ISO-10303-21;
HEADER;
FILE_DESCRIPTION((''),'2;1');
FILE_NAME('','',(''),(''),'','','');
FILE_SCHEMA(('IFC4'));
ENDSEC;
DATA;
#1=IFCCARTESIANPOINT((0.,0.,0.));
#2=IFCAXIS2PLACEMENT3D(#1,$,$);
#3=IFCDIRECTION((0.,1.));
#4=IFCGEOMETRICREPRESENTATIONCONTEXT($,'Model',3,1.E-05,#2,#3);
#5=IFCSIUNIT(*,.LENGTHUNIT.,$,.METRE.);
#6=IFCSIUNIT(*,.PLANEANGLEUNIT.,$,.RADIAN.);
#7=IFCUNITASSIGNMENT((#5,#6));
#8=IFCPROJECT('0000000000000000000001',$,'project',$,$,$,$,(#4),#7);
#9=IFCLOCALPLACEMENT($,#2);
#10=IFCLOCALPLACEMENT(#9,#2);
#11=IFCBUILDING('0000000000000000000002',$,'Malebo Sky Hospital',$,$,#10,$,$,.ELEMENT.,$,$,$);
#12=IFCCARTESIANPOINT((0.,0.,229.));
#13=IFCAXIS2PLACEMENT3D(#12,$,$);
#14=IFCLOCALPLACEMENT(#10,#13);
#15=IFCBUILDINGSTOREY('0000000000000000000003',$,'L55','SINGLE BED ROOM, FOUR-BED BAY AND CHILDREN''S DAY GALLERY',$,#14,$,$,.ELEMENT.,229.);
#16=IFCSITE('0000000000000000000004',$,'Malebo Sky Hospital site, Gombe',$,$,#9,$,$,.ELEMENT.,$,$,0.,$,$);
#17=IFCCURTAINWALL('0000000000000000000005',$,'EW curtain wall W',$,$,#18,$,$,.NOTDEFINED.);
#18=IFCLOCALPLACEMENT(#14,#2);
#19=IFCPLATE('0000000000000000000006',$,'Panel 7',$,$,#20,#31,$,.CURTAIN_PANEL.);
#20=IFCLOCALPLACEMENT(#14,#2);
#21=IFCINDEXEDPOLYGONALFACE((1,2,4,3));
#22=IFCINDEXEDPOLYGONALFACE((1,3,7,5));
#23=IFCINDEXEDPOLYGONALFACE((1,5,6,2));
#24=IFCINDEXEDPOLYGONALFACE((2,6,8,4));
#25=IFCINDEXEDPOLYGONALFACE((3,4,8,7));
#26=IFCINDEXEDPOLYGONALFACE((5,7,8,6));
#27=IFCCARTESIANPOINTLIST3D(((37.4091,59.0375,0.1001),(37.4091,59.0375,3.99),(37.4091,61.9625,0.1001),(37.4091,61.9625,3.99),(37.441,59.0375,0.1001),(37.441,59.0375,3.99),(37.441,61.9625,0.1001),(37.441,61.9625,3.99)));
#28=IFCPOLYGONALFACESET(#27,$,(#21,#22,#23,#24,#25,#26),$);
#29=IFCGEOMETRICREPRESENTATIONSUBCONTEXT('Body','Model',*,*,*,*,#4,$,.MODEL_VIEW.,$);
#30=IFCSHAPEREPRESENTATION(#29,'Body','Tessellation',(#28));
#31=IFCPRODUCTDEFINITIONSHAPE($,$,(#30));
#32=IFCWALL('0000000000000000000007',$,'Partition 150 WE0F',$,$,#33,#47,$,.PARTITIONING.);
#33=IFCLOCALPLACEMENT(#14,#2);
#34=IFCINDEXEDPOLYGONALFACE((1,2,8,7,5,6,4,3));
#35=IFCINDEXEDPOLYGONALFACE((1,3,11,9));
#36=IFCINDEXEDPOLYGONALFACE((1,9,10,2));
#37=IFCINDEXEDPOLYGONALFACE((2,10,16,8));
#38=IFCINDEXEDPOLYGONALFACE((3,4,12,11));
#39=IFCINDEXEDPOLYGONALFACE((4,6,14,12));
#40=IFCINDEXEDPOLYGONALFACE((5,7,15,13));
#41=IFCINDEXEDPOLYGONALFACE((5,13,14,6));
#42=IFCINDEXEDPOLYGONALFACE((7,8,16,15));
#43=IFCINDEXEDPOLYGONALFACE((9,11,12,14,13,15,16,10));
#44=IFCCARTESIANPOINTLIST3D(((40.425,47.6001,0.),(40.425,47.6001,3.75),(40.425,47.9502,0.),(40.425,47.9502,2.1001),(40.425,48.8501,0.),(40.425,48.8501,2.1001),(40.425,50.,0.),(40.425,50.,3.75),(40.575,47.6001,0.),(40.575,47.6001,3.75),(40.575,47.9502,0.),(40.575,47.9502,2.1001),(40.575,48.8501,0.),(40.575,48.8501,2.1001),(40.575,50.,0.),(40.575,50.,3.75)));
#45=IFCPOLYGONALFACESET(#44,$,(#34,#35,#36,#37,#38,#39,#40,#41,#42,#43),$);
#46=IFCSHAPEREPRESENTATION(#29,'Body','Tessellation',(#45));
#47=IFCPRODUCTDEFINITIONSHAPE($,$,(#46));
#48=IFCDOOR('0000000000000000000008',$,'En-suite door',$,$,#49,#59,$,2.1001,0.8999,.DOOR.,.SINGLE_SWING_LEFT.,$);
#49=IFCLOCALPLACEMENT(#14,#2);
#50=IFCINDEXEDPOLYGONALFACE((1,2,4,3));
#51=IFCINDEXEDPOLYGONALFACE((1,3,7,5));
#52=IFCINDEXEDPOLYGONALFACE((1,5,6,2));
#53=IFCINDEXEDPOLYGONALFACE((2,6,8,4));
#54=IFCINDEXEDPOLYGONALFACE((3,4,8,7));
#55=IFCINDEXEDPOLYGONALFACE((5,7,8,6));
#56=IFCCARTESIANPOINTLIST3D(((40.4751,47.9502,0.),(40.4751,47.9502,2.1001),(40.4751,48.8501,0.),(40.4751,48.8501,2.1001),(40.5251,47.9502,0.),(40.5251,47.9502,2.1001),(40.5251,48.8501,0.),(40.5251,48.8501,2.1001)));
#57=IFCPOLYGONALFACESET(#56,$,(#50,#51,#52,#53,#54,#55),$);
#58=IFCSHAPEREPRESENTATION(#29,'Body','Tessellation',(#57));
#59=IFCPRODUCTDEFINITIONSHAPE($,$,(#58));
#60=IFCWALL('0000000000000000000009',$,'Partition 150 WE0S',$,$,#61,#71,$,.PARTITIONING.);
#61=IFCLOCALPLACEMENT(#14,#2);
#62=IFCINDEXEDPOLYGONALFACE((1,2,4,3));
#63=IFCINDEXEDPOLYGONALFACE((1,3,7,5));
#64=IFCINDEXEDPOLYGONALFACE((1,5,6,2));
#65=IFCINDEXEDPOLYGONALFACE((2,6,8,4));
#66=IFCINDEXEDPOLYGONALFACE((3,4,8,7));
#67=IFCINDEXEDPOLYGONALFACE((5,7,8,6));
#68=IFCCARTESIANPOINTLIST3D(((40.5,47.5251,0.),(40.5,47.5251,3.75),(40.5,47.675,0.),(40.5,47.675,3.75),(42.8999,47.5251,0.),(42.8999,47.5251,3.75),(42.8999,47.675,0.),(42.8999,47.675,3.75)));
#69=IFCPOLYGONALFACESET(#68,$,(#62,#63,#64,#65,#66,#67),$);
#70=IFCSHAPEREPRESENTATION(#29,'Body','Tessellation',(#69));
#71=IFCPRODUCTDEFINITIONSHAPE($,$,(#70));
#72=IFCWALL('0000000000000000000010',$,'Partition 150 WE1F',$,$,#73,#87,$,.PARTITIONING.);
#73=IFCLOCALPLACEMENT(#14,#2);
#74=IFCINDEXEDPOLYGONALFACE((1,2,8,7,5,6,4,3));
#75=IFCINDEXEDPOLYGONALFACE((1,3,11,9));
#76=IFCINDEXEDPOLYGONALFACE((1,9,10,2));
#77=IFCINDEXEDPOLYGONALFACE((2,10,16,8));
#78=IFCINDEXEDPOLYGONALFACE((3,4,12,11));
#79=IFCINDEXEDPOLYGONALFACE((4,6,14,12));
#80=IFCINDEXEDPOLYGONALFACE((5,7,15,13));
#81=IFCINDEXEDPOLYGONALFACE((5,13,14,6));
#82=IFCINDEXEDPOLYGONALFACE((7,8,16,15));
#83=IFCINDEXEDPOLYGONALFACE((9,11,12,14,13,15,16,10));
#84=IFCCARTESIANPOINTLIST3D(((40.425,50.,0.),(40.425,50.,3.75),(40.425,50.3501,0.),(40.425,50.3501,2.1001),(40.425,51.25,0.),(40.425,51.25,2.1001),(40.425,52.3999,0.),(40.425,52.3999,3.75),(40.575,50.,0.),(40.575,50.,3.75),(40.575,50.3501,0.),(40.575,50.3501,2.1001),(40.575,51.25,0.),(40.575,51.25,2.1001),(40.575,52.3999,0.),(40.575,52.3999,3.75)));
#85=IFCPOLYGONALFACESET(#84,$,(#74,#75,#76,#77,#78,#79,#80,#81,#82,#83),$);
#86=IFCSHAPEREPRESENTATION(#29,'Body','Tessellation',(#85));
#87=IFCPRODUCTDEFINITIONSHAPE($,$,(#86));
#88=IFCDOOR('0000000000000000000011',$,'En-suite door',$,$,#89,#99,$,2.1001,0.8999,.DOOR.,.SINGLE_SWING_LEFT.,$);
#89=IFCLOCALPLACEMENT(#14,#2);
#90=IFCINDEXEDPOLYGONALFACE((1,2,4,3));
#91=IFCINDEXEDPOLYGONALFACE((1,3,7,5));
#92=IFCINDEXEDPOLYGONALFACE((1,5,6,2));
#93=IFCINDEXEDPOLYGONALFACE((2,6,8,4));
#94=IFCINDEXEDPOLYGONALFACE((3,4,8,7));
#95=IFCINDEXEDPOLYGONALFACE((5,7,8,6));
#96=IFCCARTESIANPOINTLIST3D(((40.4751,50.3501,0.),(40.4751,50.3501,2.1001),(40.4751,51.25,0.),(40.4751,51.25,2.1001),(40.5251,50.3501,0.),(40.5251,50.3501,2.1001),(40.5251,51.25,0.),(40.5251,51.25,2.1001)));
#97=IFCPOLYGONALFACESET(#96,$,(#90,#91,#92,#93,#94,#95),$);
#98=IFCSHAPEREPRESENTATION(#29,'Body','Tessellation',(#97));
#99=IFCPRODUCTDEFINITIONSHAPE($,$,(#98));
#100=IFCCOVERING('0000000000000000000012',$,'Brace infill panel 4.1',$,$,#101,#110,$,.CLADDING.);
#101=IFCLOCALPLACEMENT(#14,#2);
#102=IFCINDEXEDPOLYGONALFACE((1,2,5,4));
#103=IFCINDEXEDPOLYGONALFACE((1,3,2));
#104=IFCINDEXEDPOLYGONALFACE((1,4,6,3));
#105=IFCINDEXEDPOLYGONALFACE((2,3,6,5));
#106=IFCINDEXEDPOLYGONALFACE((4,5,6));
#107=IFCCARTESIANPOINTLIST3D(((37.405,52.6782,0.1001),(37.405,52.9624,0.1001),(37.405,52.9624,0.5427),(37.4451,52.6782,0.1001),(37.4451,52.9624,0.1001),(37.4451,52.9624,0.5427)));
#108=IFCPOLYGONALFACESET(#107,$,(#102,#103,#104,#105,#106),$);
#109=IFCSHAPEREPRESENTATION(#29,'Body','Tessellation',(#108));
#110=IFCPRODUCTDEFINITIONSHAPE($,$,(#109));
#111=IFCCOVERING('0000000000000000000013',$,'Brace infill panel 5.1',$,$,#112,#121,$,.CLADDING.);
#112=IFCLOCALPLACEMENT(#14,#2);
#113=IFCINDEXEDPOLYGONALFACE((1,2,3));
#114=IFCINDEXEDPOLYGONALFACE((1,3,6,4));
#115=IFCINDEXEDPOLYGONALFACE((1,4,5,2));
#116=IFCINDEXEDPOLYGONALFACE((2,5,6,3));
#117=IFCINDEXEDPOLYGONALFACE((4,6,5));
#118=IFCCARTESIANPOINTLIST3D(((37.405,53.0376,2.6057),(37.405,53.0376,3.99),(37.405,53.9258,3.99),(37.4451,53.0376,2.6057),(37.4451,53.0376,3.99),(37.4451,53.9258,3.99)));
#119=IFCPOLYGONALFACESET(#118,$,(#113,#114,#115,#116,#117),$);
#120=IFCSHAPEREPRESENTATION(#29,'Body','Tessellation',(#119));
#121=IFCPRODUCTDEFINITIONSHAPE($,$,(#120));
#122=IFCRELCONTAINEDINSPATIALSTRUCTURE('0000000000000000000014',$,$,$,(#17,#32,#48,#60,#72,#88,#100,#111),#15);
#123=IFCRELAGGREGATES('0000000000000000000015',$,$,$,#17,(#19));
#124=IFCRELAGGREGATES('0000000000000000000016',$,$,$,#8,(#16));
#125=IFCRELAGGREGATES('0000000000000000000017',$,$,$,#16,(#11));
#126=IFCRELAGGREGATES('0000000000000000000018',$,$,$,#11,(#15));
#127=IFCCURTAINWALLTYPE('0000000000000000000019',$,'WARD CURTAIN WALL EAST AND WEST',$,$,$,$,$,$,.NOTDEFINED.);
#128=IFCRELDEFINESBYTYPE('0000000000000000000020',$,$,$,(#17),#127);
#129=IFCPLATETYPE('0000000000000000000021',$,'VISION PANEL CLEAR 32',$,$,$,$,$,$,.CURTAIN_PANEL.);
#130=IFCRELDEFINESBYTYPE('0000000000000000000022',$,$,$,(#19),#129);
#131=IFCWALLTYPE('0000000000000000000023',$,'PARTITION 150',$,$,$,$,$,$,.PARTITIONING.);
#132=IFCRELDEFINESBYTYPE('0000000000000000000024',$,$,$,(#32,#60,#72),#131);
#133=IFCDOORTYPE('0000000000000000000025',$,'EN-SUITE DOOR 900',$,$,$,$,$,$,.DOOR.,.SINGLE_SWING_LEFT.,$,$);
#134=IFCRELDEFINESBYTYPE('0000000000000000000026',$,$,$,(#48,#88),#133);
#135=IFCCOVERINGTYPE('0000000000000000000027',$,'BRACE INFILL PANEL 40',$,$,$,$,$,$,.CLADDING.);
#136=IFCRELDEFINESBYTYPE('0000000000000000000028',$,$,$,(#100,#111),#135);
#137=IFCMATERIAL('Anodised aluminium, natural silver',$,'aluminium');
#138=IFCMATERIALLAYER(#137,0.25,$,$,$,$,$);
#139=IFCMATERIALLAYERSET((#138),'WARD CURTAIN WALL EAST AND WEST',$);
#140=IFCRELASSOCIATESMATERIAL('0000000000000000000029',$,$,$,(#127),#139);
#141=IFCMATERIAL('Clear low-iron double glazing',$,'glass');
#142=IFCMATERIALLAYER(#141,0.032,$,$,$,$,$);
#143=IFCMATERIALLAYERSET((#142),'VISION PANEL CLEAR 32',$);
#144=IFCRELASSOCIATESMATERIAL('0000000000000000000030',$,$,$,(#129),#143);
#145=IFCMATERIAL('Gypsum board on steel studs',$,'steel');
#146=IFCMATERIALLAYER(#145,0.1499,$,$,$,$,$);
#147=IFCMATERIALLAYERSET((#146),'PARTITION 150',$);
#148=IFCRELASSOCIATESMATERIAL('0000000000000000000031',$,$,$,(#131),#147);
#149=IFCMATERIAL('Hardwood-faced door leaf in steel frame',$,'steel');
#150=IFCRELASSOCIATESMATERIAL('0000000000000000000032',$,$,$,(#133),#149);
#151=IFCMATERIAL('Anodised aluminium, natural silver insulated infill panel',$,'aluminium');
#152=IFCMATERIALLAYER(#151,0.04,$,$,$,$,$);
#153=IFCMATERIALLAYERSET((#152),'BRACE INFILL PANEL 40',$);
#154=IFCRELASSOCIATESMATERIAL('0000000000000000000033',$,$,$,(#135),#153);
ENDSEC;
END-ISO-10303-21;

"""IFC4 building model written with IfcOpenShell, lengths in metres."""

from ifc_helpers import new_model, si_unit, direction, frame, frame_2d, origin, origin_2d, place, context, subcontext, project, spatial, polyline, rectangle, outline, extrude, material, layer, layer_set, type_object, element, fill, aggregate, save


model = new_model("IFC4")

# Units and contexts
model_context = context("Model", 3, precision=1e-05, world=origin(), true_north=direction((0.0, 1.0)))
body_context = subcontext(model_context, "Body", "Model", "MODEL_VIEW")
ifc_project = project(units=[si_unit("LENGTHUNIT", "METRE"), si_unit("PLANEANGLEUNIT", "RADIAN")], contexts=[model_context])

# Site, building, storey
site_placement = place(None, origin())
site = spatial("IfcSite", under=ifc_project, at=site_placement, Name="Malebo Sky Hospital site, Gombe", CompositionType="ELEMENT", RefElevation=0.0)
building_placement = place(site_placement, origin())
building = spatial("IfcBuilding", under=site, at=building_placement, Name="Malebo Sky Hospital", CompositionType="ELEMENT")
storey_placement = place(building_placement, frame((0.0, 0.0, 229.0)))
storey = spatial("IfcBuildingStorey", under=building, at=storey_placement, Name="L55", Description="SINGLE BED ROOM, FOUR-BED BAY AND CHILDREN'S DAY GALLERY", CompositionType="ELEMENT", Elevation=229.0)

# Curtain wall
ifc_material_1 = material(Name="Anodised aluminium, natural silver", Category="aluminium")
ifc_layer_1 = layer(ifc_material_1, 0.25)
ifc_layer_set_1 = layer_set([ifc_layer_1], Name="WARD CURTAIN WALL EAST AND WEST")
curtain_wall_type = type_object("IfcCurtainWallType", Name="WARD CURTAIN WALL EAST AND WEST", PredefinedType="NOTDEFINED", material=ifc_layer_set_1)
curtain_wall_placement = place(storey_placement, origin())
curtain_wall = element("IfcCurtainWall", 1, at=curtain_wall_placement, inside=storey, type_object=curtain_wall_type, Name="EW curtain wall W", PredefinedType="NOTDEFINED")

# Plate
ifc_material_2 = material(Name="Clear low-iron double glazing", Category="glass")
ifc_layer_2 = layer(ifc_material_2, 0.032)
ifc_layer_set_2 = layer_set([ifc_layer_2], Name="VISION PANEL CLEAR 32")
plate_type = type_object("IfcPlateType", Name="VISION PANEL CLEAR 32", PredefinedType="CURTAIN_PANEL", material=ifc_layer_set_2)
plate_1_placement = place(storey_placement, frame((37.425, 60.5, 0.1001), z_axis=(0.0, 0.0, 1.0), x_axis=(0.0, 1.0, 0.0)))
plate_1 = element("IfcPlate", 2, at=plate_1_placement, type_object=plate_type, Name="Panel 7", PredefinedType="CURTAIN_PANEL", context=body_context, shape_type="SweptSolid", body=[
    extrude(rectangle(XDim=2.925, YDim=0.032, at=origin_2d()), origin(), (0.0, 0.0, 1.0), 3.8899),
])
aggregate(curtain_wall, [plate_1])

# Wall, opening, door
ifc_material_3 = material(Name="Gypsum board on steel studs", Category="steel")
ifc_layer_3 = layer(ifc_material_3, 0.1499)
ifc_layer_set_3 = layer_set([ifc_layer_3], Name="PARTITION 150")
wall_type = type_object("IfcWallType", Name="PARTITION 150", PredefinedType="PARTITIONING", material=ifc_layer_set_3)
wall_1_placement = place(storey_placement, frame((40.5, 47.6001, 0.0), z_axis=(0.0, 0.0, 1.0), x_axis=(0.0, 1.0, 0.0)))
wall_1 = element("IfcWall", 3, at=wall_1_placement, inside=storey, type_object=wall_type, Name="Partition 150 WE0F", PredefinedType="PARTITIONING", context=body_context, shape_type="SweptSolid", body=[
    extrude(rectangle(XDim=2.3999, YDim=0.1499, at=frame_2d((1.2, 0.0))), origin(), (0.0, 0.0, 1.0), 3.75),
])
opening_1_placement = place(wall_1_placement, frame((0.3501, 0.0, 0.0)))
opening_1 = element("IfcOpeningElement", 4, at=opening_1_placement, cuts=wall_1, PredefinedType="OPENING", context=body_context, shape_type="SweptSolid", body=[
    extrude(rectangle(XDim=0.8999, YDim=2.1001, at=frame_2d((0.45, 1.05))), frame((0.0, 0.085, 0.0), z_axis=(0.0, -1.0, 0.0), x_axis=(1.0, 0.0, 0.0)), (0.0, 0.0, 1.0), 0.1699),
])
ifc_material_4 = material(Name="Hardwood-faced door leaf in steel frame", Category="steel")
door_type = type_object("IfcDoorType", Name="EN-SUITE DOOR 900", OperationType="SINGLE_SWING_LEFT", PredefinedType="DOOR", material=ifc_material_4)
door_1_placement = place(opening_1_placement, origin())
door_1 = element("IfcDoor", 5, at=door_1_placement, inside=storey, type_object=door_type, Name="En-suite door", OperationType="SINGLE_SWING_LEFT", OverallHeight=2.1001, OverallWidth=0.8999, PredefinedType="DOOR", context=body_context, shape_type="SweptSolid", body=[
    extrude(rectangle(XDim=0.8999, YDim=2.1001, at=frame_2d((0.45, 1.05))), frame((0.0, 0.0249, 0.0), z_axis=(0.0, -1.0, 0.0), x_axis=(1.0, 0.0, 0.0)), (0.0, 0.0, 1.0), 0.05),
])
fill(opening_1, door_1)

# Wall
wall_2_placement = place(storey_placement, frame((42.8999, 47.6001, 0.0), z_axis=(0.0, 0.0, 1.0), x_axis=(-1.0, 0.0, 0.0)))
element("IfcWall", 6, at=wall_2_placement, inside=storey, type_object=wall_type, Name="Partition 150 WE0S", PredefinedType="PARTITIONING", context=body_context, shape_type="SweptSolid", body=[
    extrude(rectangle(XDim=2.3999, YDim=0.1499, at=frame_2d((1.2, 0.0))), origin(), (0.0, 0.0, 1.0), 3.75),
])

# Wall, opening, door
wall_3_placement = place(storey_placement, frame((40.5, 50.0, 0.0), z_axis=(0.0, 0.0, 1.0), x_axis=(0.0, 1.0, 0.0)))
wall_3 = element("IfcWall", 7, at=wall_3_placement, inside=storey, type_object=wall_type, Name="Partition 150 WE1F", PredefinedType="PARTITIONING", context=body_context, shape_type="SweptSolid", body=[
    extrude(rectangle(XDim=2.3999, YDim=0.1499, at=frame_2d((1.2, 0.0))), origin(), (0.0, 0.0, 1.0), 3.75),
])
opening_2_placement = place(wall_3_placement, frame((0.3501, 0.0, 0.0)))
opening_2 = element("IfcOpeningElement", 8, at=opening_2_placement, cuts=wall_3, PredefinedType="OPENING", context=body_context, shape_type="SweptSolid", body=[
    extrude(rectangle(XDim=0.8999, YDim=2.1001, at=frame_2d((0.45, 1.05))), frame((0.0, 0.085, 0.0), z_axis=(0.0, -1.0, 0.0), x_axis=(1.0, 0.0, 0.0)), (0.0, 0.0, 1.0), 0.1699),
])
door_2_placement = place(opening_2_placement, origin())
door_2 = element("IfcDoor", 9, at=door_2_placement, inside=storey, type_object=door_type, Name="En-suite door", OperationType="SINGLE_SWING_LEFT", OverallHeight=2.1001, OverallWidth=0.8999, PredefinedType="DOOR", context=body_context, shape_type="SweptSolid", body=[
    extrude(rectangle(XDim=0.8999, YDim=2.1001, at=frame_2d((0.45, 1.05))), frame((0.0, 0.0249, 0.0), z_axis=(0.0, -1.0, 0.0), x_axis=(1.0, 0.0, 0.0)), (0.0, 0.0, 1.0), 0.05),
])
fill(opening_2, door_2)

# Coverings
ifc_material_5 = material(Name="Anodised aluminium, natural silver insulated infill panel", Category="aluminium")
ifc_layer_4 = layer(ifc_material_5, 0.04)
ifc_layer_set_4 = layer_set([ifc_layer_4], Name="BRACE INFILL PANEL 40")
covering_type = type_object("IfcCoveringType", Name="BRACE INFILL PANEL 40", PredefinedType="CLADDING", material=ifc_layer_set_4)
covering_1_placement = place(storey_placement, frame((37.425, 52.8203, 0.1001), z_axis=(0.0, 0.0, 1.0), x_axis=(0.0, 1.0, 0.0)))
element("IfcCovering", 10, at=covering_1_placement, inside=storey, type_object=covering_type, Name="Brace infill panel 4.1", PredefinedType="CLADDING", context=body_context, shape_type="SweptSolid", body=[
    extrude(outline(polyline([(-0.1421, 0.0), (0.1421, 0.0), (0.1421, 0.4426), (-0.1421, 0.0)])), frame((0.0, 0.02, 0.0), z_axis=(0.0, -1.0, 0.0), x_axis=(1.0, 0.0, 0.0)), (0.0, 0.0, 1.0), 0.04),
])
covering_2_placement = place(storey_placement, frame((37.425, 53.4817, 2.6057), z_axis=(0.0, 0.0, 1.0), x_axis=(0.0, 1.0, 0.0)))
element("IfcCovering", 11, at=covering_2_placement, inside=storey, type_object=covering_type, Name="Brace infill panel 5.1", PredefinedType="CLADDING", context=body_context, shape_type="SweptSolid", body=[
    extrude(outline(polyline([(-0.4441, 0.0), (0.4441, 1.3843), (-0.4441, 1.3843), (-0.4441, 0.0)])), frame((0.0, 0.02, 0.0), z_axis=(0.0, -1.0, 0.0), x_axis=(1.0, 0.0, 0.0)), (0.0, 0.0, 1.0), 0.04),
])

save(model, "model.ifc")
